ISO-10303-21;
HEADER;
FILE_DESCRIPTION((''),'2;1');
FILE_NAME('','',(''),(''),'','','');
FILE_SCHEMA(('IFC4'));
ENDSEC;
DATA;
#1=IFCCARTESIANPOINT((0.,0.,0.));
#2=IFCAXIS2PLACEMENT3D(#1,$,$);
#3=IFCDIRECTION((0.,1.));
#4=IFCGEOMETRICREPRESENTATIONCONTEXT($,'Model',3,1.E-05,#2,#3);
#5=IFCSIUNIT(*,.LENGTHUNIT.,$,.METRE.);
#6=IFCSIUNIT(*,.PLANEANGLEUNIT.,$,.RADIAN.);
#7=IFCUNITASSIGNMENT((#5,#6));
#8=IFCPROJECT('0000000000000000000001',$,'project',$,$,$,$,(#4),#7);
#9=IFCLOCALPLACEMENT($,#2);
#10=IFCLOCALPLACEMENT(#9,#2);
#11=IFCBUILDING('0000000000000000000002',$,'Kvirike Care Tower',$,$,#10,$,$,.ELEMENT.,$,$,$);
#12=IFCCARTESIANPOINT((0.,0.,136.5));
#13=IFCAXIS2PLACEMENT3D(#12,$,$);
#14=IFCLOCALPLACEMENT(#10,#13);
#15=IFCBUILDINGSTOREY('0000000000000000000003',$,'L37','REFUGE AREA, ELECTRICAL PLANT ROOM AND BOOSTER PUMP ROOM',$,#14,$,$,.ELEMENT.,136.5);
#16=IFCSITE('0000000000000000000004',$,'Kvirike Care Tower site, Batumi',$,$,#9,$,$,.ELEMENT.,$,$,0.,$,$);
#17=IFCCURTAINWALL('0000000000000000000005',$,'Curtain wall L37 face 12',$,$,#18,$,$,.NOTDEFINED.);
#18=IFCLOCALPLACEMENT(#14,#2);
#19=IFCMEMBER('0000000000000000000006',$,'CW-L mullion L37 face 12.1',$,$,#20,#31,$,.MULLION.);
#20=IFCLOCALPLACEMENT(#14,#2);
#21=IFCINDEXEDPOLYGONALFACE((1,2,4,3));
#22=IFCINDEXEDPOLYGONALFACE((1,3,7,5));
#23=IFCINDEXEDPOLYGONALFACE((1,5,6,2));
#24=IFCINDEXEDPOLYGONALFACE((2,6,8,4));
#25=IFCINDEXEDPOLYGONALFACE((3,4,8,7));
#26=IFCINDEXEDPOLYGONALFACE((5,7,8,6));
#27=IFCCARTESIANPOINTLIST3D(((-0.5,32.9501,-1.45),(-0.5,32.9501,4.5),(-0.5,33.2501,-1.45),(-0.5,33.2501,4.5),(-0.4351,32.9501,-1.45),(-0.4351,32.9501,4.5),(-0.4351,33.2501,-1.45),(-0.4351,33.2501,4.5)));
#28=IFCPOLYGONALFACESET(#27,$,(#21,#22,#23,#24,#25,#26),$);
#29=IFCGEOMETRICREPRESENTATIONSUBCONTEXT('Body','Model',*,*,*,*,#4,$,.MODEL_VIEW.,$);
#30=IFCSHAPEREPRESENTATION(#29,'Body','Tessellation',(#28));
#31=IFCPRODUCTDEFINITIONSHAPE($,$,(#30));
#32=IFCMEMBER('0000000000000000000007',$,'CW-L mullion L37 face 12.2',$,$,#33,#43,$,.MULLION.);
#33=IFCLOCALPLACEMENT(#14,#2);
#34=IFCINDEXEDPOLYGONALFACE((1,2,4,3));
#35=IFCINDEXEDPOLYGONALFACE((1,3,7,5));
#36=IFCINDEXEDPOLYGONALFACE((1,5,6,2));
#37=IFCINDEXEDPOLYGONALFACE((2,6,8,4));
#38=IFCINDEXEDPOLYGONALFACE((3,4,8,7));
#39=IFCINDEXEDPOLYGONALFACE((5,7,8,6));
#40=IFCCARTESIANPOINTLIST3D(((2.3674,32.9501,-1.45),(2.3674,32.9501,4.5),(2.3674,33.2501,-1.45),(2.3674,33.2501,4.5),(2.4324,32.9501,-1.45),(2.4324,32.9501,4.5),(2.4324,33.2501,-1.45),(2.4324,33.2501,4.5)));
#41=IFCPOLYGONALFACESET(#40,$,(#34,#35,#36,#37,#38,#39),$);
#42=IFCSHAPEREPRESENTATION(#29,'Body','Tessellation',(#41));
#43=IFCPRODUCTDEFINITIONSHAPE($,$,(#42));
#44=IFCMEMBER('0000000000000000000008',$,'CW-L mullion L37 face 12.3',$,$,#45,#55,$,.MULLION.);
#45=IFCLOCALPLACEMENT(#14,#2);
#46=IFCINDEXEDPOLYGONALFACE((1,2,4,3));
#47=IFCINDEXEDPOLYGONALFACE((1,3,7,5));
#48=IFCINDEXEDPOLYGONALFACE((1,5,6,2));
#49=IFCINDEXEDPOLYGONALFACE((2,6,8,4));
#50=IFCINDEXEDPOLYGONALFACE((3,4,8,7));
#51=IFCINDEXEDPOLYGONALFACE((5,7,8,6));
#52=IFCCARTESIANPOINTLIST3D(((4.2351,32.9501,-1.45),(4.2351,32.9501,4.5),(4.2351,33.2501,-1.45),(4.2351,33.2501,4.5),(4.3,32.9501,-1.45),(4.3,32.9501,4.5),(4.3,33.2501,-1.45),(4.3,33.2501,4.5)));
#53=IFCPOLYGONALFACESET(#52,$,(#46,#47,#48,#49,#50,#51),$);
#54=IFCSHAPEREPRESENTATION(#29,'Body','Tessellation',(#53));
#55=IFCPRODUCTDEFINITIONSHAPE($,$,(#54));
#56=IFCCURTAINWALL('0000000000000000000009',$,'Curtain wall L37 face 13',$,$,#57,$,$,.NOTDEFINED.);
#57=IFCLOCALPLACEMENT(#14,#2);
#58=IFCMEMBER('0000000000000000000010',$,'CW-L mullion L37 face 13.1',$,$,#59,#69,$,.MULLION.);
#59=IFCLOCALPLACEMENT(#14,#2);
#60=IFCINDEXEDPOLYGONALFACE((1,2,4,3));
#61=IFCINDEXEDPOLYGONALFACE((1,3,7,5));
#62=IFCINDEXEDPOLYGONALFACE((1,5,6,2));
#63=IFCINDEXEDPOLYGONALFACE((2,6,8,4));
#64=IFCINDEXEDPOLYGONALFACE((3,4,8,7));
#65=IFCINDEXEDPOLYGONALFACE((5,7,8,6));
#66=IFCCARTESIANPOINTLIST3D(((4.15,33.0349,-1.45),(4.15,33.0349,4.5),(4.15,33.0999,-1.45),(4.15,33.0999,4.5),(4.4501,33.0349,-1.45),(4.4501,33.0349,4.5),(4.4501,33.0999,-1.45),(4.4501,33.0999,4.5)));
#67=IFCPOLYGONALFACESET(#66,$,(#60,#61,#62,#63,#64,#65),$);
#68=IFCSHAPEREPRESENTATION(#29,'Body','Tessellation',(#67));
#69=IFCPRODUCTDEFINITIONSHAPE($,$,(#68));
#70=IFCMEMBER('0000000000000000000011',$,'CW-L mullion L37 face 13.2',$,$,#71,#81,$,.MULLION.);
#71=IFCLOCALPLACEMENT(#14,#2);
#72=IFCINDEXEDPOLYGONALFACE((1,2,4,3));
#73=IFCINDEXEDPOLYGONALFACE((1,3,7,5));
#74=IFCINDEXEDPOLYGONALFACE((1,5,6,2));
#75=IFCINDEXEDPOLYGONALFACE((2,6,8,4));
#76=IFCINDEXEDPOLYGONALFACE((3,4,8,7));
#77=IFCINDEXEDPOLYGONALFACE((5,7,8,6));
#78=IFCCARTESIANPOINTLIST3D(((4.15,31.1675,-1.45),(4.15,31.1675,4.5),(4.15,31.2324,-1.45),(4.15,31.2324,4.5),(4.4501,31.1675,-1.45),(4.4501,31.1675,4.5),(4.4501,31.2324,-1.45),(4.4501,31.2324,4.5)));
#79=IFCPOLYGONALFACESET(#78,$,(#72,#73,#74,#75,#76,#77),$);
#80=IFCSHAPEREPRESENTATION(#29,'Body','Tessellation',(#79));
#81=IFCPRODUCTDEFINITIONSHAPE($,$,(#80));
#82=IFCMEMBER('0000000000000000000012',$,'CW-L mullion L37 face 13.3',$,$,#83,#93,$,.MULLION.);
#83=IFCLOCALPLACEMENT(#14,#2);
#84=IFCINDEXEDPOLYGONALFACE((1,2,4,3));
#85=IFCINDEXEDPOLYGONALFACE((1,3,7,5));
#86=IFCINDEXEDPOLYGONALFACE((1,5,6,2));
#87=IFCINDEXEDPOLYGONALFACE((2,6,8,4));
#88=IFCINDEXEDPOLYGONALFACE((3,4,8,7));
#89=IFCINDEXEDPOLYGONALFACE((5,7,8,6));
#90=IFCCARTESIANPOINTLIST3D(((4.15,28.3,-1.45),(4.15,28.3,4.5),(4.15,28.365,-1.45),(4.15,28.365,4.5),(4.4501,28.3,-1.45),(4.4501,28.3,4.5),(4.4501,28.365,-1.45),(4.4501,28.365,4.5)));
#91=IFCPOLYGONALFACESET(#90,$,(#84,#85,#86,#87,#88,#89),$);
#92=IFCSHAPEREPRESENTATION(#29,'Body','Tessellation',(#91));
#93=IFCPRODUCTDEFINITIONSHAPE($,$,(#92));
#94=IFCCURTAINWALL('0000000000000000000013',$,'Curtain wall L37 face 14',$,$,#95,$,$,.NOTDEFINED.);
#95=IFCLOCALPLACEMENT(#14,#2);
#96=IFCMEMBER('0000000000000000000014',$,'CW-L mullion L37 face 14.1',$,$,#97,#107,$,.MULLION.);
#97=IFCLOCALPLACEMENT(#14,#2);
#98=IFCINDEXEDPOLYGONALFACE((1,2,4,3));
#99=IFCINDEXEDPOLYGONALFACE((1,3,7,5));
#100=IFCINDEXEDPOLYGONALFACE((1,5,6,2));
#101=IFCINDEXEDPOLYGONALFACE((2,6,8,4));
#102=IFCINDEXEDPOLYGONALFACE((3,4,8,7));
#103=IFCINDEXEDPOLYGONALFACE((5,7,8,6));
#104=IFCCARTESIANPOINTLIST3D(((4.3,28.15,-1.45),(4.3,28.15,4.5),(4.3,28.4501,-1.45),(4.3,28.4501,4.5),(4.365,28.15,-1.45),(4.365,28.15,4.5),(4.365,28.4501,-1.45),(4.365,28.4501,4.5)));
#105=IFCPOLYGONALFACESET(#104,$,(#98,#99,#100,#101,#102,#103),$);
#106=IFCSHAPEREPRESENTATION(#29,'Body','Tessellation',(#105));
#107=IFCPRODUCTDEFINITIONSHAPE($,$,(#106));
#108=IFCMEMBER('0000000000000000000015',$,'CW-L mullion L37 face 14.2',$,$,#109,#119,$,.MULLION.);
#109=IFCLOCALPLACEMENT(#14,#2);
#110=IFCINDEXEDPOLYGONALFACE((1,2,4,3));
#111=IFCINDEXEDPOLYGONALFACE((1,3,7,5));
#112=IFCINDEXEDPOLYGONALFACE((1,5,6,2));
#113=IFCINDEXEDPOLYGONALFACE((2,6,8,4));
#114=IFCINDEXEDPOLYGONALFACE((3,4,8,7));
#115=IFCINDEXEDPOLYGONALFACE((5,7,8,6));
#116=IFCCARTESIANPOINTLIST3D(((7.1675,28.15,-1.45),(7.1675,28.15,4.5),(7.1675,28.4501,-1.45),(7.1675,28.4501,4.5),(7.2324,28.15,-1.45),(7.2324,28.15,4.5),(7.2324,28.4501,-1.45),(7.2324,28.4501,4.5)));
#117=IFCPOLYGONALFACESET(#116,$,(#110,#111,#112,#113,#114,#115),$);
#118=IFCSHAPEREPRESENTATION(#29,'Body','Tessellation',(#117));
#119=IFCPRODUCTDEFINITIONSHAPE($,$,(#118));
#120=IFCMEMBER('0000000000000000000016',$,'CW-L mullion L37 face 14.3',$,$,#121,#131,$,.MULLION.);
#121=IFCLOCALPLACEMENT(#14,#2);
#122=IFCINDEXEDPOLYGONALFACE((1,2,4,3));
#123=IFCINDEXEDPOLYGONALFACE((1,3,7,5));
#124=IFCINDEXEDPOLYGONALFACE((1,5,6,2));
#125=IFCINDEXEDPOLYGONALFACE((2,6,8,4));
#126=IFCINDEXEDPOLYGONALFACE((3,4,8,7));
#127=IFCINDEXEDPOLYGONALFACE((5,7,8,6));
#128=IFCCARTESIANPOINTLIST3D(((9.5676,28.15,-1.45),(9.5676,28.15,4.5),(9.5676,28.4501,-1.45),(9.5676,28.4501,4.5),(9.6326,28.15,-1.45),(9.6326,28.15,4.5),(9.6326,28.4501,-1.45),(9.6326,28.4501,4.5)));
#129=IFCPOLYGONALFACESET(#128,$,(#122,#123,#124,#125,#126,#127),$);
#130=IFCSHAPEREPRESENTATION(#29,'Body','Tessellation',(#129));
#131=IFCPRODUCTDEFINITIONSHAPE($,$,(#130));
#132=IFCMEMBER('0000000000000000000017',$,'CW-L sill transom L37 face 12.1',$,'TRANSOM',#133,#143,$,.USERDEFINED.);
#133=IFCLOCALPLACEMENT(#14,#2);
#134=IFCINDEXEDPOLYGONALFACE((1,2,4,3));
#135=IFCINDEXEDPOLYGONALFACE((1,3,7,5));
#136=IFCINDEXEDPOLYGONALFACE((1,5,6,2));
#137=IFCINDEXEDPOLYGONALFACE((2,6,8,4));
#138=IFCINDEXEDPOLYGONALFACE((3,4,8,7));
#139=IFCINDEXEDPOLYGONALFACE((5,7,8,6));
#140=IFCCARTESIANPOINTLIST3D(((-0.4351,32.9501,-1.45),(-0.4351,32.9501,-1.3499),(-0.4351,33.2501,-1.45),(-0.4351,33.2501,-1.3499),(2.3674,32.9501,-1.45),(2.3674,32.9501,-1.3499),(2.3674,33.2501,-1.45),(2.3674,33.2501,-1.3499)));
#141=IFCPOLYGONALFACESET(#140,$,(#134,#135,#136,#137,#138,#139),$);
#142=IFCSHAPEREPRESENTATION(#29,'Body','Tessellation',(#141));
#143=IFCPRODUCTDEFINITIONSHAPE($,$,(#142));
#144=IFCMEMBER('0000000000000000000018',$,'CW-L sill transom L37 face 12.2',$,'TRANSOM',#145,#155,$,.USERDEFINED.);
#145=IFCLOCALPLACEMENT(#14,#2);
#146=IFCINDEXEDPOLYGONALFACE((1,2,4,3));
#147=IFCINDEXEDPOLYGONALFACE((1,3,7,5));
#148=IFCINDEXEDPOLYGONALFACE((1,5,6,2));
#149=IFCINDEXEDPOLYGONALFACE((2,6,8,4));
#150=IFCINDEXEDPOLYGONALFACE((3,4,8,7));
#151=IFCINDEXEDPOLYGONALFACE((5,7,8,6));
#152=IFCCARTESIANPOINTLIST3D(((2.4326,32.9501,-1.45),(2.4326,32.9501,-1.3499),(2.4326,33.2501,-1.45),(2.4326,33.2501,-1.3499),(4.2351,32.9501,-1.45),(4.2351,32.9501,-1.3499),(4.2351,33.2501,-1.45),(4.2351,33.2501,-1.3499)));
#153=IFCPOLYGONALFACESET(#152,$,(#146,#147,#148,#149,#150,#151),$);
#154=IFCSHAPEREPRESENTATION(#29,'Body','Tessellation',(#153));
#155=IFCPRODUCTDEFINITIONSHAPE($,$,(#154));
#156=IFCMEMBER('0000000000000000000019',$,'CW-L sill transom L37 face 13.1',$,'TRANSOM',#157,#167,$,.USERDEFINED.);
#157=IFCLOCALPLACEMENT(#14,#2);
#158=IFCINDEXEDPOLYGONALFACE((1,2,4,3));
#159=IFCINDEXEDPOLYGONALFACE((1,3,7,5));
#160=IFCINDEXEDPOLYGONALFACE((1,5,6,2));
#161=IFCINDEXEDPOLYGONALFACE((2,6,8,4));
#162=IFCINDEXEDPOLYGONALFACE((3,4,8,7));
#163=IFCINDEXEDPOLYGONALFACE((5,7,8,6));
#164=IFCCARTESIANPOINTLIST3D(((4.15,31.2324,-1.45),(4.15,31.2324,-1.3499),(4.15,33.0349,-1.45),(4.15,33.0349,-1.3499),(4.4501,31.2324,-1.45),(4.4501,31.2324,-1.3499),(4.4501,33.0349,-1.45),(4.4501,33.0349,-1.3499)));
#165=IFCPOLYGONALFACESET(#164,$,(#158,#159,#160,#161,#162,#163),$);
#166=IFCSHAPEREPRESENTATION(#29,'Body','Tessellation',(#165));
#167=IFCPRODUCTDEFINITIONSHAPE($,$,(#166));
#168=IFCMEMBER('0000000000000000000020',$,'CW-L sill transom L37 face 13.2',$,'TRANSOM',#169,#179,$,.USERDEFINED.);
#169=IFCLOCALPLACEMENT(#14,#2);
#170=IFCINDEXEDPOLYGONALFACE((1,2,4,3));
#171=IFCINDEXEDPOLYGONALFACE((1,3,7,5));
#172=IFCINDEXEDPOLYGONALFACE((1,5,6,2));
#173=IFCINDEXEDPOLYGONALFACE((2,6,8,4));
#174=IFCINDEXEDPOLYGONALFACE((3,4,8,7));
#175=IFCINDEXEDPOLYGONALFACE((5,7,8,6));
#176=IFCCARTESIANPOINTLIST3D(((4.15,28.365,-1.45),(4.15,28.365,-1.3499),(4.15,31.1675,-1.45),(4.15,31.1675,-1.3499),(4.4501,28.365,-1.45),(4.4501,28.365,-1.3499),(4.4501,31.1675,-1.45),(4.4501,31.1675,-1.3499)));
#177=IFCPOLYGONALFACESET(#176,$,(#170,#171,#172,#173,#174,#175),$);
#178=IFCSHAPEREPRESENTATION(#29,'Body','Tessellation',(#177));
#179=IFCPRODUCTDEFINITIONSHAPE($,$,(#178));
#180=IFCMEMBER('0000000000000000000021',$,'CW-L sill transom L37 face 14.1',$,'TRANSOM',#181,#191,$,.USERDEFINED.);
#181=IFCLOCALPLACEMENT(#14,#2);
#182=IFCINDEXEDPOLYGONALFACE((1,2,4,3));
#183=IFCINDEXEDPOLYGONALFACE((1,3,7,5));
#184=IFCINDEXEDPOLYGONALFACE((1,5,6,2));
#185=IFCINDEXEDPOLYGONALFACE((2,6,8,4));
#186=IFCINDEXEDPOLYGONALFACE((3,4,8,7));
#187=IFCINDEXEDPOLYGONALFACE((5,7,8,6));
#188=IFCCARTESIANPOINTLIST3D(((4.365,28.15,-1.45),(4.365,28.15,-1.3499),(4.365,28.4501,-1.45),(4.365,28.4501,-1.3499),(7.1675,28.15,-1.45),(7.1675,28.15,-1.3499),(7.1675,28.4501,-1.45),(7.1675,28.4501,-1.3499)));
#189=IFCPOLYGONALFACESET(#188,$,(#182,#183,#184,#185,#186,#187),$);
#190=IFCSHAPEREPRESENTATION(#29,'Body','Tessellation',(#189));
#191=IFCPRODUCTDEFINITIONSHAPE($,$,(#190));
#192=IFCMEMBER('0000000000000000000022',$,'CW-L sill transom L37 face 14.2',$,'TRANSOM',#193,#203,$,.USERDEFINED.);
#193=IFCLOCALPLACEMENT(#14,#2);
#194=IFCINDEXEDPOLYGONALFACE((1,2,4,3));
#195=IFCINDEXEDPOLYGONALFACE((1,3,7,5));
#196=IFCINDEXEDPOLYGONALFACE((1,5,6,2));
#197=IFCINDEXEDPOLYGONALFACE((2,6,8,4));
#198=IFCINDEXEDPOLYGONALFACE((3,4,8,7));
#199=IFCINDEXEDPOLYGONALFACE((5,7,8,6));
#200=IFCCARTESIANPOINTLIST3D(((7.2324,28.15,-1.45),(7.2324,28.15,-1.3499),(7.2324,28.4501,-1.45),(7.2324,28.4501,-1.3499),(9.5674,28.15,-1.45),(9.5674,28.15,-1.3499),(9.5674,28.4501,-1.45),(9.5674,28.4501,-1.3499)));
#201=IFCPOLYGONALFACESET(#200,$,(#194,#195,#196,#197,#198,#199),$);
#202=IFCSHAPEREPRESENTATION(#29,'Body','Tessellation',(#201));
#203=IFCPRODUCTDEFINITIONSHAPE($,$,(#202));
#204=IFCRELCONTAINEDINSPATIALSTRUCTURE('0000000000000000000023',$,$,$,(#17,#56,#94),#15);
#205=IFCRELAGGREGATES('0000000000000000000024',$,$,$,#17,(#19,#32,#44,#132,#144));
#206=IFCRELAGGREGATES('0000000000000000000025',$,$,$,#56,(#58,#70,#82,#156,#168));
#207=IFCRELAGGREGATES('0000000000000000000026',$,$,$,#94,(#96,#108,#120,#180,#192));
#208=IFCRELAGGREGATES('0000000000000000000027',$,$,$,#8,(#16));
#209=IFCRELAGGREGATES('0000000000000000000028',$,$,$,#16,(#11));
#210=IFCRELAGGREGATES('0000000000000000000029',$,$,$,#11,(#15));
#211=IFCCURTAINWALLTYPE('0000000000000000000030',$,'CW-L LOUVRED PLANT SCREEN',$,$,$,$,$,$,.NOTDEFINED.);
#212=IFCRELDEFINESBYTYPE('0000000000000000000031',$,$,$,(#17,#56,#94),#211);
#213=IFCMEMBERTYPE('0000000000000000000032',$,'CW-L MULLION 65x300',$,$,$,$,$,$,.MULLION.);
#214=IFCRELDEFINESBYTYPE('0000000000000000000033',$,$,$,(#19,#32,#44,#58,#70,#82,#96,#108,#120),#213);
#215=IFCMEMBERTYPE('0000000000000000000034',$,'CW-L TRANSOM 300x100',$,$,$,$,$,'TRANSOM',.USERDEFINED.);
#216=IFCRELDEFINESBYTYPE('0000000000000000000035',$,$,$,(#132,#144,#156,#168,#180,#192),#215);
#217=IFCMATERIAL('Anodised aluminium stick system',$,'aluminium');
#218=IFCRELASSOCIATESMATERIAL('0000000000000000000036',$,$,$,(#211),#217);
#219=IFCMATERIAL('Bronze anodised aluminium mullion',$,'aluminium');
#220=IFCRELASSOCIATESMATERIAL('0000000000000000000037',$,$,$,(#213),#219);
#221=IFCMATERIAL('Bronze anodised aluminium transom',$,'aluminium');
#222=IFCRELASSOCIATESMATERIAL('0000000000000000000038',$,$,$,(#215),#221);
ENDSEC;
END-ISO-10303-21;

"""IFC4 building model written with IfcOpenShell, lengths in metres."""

from ifc_helpers import new_model, si_unit, direction, frame, origin, origin_2d, place, context, subcontext, project, spatial, rectangle, extrude, material, material_profile, profile_set, type_object, element, aggregate, save


model = new_model("IFC4")

# Units and contexts
model_context = context("Model", 3, precision=1e-05, world=origin(), true_north=direction((0.0, 1.0)))
body_context = subcontext(model_context, "Body", "Model", "MODEL_VIEW")
ifc_project = project(units=[si_unit("LENGTHUNIT", "METRE"), si_unit("PLANEANGLEUNIT", "RADIAN")], contexts=[model_context])

# Site, building, storey
site_placement = place(None, origin())
site = spatial("IfcSite", under=ifc_project, at=site_placement, Name="Kvirike Care Tower site, Batumi", CompositionType="ELEMENT", RefElevation=0.0)
building_placement = place(site_placement, origin())
building = spatial("IfcBuilding", under=site, at=building_placement, Name="Kvirike Care Tower", CompositionType="ELEMENT")
storey_placement = place(building_placement, frame((0.0, 0.0, 136.5)))
storey = spatial("IfcBuildingStorey", under=building, at=storey_placement, Name="L37", Description="REFUGE AREA, ELECTRICAL PLANT ROOM AND BOOSTER PUMP ROOM", CompositionType="ELEMENT", Elevation=136.5)

# Shared definitions
ifc_material_1 = material(Name="Anodised aluminium stick system", Category="aluminium")
curtain_wall_type = type_object("IfcCurtainWallType", Name="CW-L LOUVRED PLANT SCREEN", PredefinedType="NOTDEFINED", material=ifc_material_1)
ifc_material_2 = material(Name="Bronze anodised aluminium mullion", Category="aluminium")
ifc_material_profile_1 = material_profile(ifc_material_2, rectangle(XDim=0.0649, YDim=0.3, at=origin_2d()), Name="CW-L MULLION 65x300")
ifc_profile_set_1 = profile_set([ifc_material_profile_1], Name="Bronze anodised aluminium mullion")
member_type_1 = type_object("IfcMemberType", Name="CW-L MULLION 65x300", PredefinedType="MULLION", material=ifc_profile_set_1)

# Curtain walls, members
curtain_wall_1_placement = place(storey_placement, origin())
curtain_wall_1 = element("IfcCurtainWall", 1, at=curtain_wall_1_placement, inside=storey, type_object=curtain_wall_type, Name="Curtain wall L37 face 12", PredefinedType="NOTDEFINED")
member_1_placement = place(storey_placement, frame((-0.4675, 33.1001, -1.45), z_axis=(0.0, 0.0, 1.0), x_axis=(1.0, 0.0, 0.0)))
member_1 = element("IfcMember", 2, at=member_1_placement, type_object=member_type_1, Name="CW-L mullion L37 face 12.1", PredefinedType="MULLION", context=body_context, shape_type="SweptSolid", body=[
    extrude(rectangle(XDim=0.0649, YDim=0.3, at=origin_2d()), origin(), (0.0, 0.0, 1.0), 5.95),
])
member_2_placement = place(storey_placement, frame((2.3999, 33.1001, -1.45), z_axis=(0.0, 0.0, 1.0), x_axis=(1.0, 0.0, 0.0)))
member_2 = element("IfcMember", 3, at=member_2_placement, type_object=member_type_1, Name="CW-L mullion L37 face 12.2", PredefinedType="MULLION", context=body_context, shape_type="SweptSolid", body=[
    extrude(rectangle(XDim=0.0649, YDim=0.3, at=origin_2d()), origin(), (0.0, 0.0, 1.0), 5.95),
])
member_3_placement = place(storey_placement, frame((4.2676, 33.1001, -1.45), z_axis=(0.0, 0.0, 1.0), x_axis=(1.0, 0.0, 0.0)))
member_3 = element("IfcMember", 4, at=member_3_placement, type_object=member_type_1, Name="CW-L mullion L37 face 12.3", PredefinedType="MULLION", context=body_context, shape_type="SweptSolid", body=[
    extrude(rectangle(XDim=0.0649, YDim=0.3, at=origin_2d()), origin(), (0.0, 0.0, 1.0), 5.95),
])
curtain_wall_2_placement = place(storey_placement, origin())
curtain_wall_2 = element("IfcCurtainWall", 5, at=curtain_wall_2_placement, inside=storey, type_object=curtain_wall_type, Name="Curtain wall L37 face 13", PredefinedType="NOTDEFINED")
member_4_placement = place(storey_placement, frame((4.3, 33.0674, -1.45), z_axis=(0.0, 0.0, 1.0), x_axis=(0.0, -1.0, 0.0)))
member_4 = element("IfcMember", 6, at=member_4_placement, type_object=member_type_1, Name="CW-L mullion L37 face 13.1", PredefinedType="MULLION", context=body_context, shape_type="SweptSolid", body=[
    extrude(rectangle(XDim=0.0649, YDim=0.3, at=origin_2d()), origin(), (0.0, 0.0, 1.0), 5.95),
])
member_5_placement = place(storey_placement, frame((4.3, 31.2, -1.45), z_axis=(0.0, 0.0, 1.0), x_axis=(0.0, -1.0, 0.0)))
member_5 = element("IfcMember", 7, at=member_5_placement, type_object=member_type_1, Name="CW-L mullion L37 face 13.2", PredefinedType="MULLION", context=body_context, shape_type="SweptSolid", body=[
    extrude(rectangle(XDim=0.0649, YDim=0.3, at=origin_2d()), origin(), (0.0, 0.0, 1.0), 5.95),
])
member_6_placement = place(storey_placement, frame((4.3, 28.3325, -1.45), z_axis=(0.0, 0.0, 1.0), x_axis=(0.0, -1.0, 0.0)))
member_6 = element("IfcMember", 8, at=member_6_placement, type_object=member_type_1, Name="CW-L mullion L37 face 13.3", PredefinedType="MULLION", context=body_context, shape_type="SweptSolid", body=[
    extrude(rectangle(XDim=0.0649, YDim=0.3, at=origin_2d()), origin(), (0.0, 0.0, 1.0), 5.95),
])
curtain_wall_3_placement = place(storey_placement, origin())
curtain_wall_3 = element("IfcCurtainWall", 9, at=curtain_wall_3_placement, inside=storey, type_object=curtain_wall_type, Name="Curtain wall L37 face 14", PredefinedType="NOTDEFINED")
member_7_placement = place(storey_placement, frame((4.3325, 28.3, -1.45), z_axis=(0.0, 0.0, 1.0), x_axis=(1.0, 0.0, 0.0)))
member_7 = element("IfcMember", 10, at=member_7_placement, type_object=member_type_1, Name="CW-L mullion L37 face 14.1", PredefinedType="MULLION", context=body_context, shape_type="SweptSolid", body=[
    extrude(rectangle(XDim=0.0649, YDim=0.3, at=origin_2d()), origin(), (0.0, 0.0, 1.0), 5.95),
])
member_8_placement = place(storey_placement, frame((7.2, 28.3, -1.45), z_axis=(0.0, 0.0, 1.0), x_axis=(1.0, 0.0, 0.0)))
member_8 = element("IfcMember", 11, at=member_8_placement, type_object=member_type_1, Name="CW-L mullion L37 face 14.2", PredefinedType="MULLION", context=body_context, shape_type="SweptSolid", body=[
    extrude(rectangle(XDim=0.0649, YDim=0.3, at=origin_2d()), origin(), (0.0, 0.0, 1.0), 5.95),
])
member_9_placement = place(storey_placement, frame((9.6001, 28.3, -1.45), z_axis=(0.0, 0.0, 1.0), x_axis=(1.0, 0.0, 0.0)))
member_9 = element("IfcMember", 12, at=member_9_placement, type_object=member_type_1, Name="CW-L mullion L37 face 14.3", PredefinedType="MULLION", context=body_context, shape_type="SweptSolid", body=[
    extrude(rectangle(XDim=0.0649, YDim=0.3, at=origin_2d()), origin(), (0.0, 0.0, 1.0), 5.95),
])

# Members
ifc_material_3 = material(Name="Bronze anodised aluminium transom", Category="aluminium")
ifc_material_profile_2 = material_profile(ifc_material_3, rectangle(XDim=0.3, YDim=0.1001, at=origin_2d()), Name="CW-L TRANSOM 300x100")
ifc_profile_set_2 = profile_set([ifc_material_profile_2], Name="Bronze anodised aluminium transom")
member_type_2 = type_object("IfcMemberType", Name="CW-L TRANSOM 300x100", ElementType="TRANSOM", PredefinedType="USERDEFINED", material=ifc_profile_set_2)
member_10_placement = place(storey_placement, frame((-0.4351, 33.1001, -1.3999), z_axis=(1.0, 0.0, 0.0), x_axis=(0.0, 1.0, 0.0)))
member_10 = element("IfcMember", 13, at=member_10_placement, type_object=member_type_2, Name="CW-L sill transom L37 face 12.1", ObjectType="TRANSOM", PredefinedType="USERDEFINED", context=body_context, shape_type="SweptSolid", body=[
    extrude(rectangle(XDim=0.3, YDim=0.1001, at=origin_2d()), origin(), (0.0, 0.0, 1.0), 2.8025),
])
member_11_placement = place(storey_placement, frame((2.4326, 33.1001, -1.3999), z_axis=(1.0, 0.0, 0.0), x_axis=(0.0, 1.0, 0.0)))
member_11 = element("IfcMember", 14, at=member_11_placement, type_object=member_type_2, Name="CW-L sill transom L37 face 12.2", ObjectType="TRANSOM", PredefinedType="USERDEFINED", context=body_context, shape_type="SweptSolid", body=[
    extrude(rectangle(XDim=0.3, YDim=0.1001, at=origin_2d()), origin(), (0.0, 0.0, 1.0), 1.8025),
])
member_12_placement = place(storey_placement, frame((4.3, 33.0349, -1.3999), z_axis=(0.0, -1.0, 0.0), x_axis=(1.0, 0.0, 0.0)))
member_12 = element("IfcMember", 15, at=member_12_placement, type_object=member_type_2, Name="CW-L sill transom L37 face 13.1", ObjectType="TRANSOM", PredefinedType="USERDEFINED", context=body_context, shape_type="SweptSolid", body=[
    extrude(rectangle(XDim=0.3, YDim=0.1001, at=origin_2d()), origin(), (0.0, 0.0, 1.0), 1.8025),
])
member_13_placement = place(storey_placement, frame((4.3, 31.1675, -1.3999), z_axis=(0.0, -1.0, 0.0), x_axis=(1.0, 0.0, 0.0)))
member_13 = element("IfcMember", 16, at=member_13_placement, type_object=member_type_2, Name="CW-L sill transom L37 face 13.2", ObjectType="TRANSOM", PredefinedType="USERDEFINED", context=body_context, shape_type="SweptSolid", body=[
    extrude(rectangle(XDim=0.3, YDim=0.1001, at=origin_2d()), origin(), (0.0, 0.0, 1.0), 2.8025),
])
member_14_placement = place(storey_placement, frame((4.365, 28.3, -1.3999), z_axis=(1.0, 0.0, 0.0), x_axis=(0.0, 1.0, 0.0)))
member_14 = element("IfcMember", 17, at=member_14_placement, type_object=member_type_2, Name="CW-L sill transom L37 face 14.1", ObjectType="TRANSOM", PredefinedType="USERDEFINED", context=body_context, shape_type="SweptSolid", body=[
    extrude(rectangle(XDim=0.3, YDim=0.1001, at=origin_2d()), origin(), (0.0, 0.0, 1.0), 2.8025),
])
member_15_placement = place(storey_placement, frame((7.2324, 28.3, -1.3999), z_axis=(1.0, 0.0, 0.0), x_axis=(0.0, 1.0, 0.0)))
member_15 = element("IfcMember", 18, at=member_15_placement, type_object=member_type_2, Name="CW-L sill transom L37 face 14.2", ObjectType="TRANSOM", PredefinedType="USERDEFINED", context=body_context, shape_type="SweptSolid", body=[
    extrude(rectangle(XDim=0.3, YDim=0.1001, at=origin_2d()), origin(), (0.0, 0.0, 1.0), 2.335),
])

aggregate(curtain_wall_1, [member_1, member_2, member_3, member_10, member_11])
aggregate(curtain_wall_2, [member_4, member_5, member_6, member_12, member_13])
aggregate(curtain_wall_3, [member_7, member_8, member_9, member_14, member_15])

save(model, "model.ifc")
